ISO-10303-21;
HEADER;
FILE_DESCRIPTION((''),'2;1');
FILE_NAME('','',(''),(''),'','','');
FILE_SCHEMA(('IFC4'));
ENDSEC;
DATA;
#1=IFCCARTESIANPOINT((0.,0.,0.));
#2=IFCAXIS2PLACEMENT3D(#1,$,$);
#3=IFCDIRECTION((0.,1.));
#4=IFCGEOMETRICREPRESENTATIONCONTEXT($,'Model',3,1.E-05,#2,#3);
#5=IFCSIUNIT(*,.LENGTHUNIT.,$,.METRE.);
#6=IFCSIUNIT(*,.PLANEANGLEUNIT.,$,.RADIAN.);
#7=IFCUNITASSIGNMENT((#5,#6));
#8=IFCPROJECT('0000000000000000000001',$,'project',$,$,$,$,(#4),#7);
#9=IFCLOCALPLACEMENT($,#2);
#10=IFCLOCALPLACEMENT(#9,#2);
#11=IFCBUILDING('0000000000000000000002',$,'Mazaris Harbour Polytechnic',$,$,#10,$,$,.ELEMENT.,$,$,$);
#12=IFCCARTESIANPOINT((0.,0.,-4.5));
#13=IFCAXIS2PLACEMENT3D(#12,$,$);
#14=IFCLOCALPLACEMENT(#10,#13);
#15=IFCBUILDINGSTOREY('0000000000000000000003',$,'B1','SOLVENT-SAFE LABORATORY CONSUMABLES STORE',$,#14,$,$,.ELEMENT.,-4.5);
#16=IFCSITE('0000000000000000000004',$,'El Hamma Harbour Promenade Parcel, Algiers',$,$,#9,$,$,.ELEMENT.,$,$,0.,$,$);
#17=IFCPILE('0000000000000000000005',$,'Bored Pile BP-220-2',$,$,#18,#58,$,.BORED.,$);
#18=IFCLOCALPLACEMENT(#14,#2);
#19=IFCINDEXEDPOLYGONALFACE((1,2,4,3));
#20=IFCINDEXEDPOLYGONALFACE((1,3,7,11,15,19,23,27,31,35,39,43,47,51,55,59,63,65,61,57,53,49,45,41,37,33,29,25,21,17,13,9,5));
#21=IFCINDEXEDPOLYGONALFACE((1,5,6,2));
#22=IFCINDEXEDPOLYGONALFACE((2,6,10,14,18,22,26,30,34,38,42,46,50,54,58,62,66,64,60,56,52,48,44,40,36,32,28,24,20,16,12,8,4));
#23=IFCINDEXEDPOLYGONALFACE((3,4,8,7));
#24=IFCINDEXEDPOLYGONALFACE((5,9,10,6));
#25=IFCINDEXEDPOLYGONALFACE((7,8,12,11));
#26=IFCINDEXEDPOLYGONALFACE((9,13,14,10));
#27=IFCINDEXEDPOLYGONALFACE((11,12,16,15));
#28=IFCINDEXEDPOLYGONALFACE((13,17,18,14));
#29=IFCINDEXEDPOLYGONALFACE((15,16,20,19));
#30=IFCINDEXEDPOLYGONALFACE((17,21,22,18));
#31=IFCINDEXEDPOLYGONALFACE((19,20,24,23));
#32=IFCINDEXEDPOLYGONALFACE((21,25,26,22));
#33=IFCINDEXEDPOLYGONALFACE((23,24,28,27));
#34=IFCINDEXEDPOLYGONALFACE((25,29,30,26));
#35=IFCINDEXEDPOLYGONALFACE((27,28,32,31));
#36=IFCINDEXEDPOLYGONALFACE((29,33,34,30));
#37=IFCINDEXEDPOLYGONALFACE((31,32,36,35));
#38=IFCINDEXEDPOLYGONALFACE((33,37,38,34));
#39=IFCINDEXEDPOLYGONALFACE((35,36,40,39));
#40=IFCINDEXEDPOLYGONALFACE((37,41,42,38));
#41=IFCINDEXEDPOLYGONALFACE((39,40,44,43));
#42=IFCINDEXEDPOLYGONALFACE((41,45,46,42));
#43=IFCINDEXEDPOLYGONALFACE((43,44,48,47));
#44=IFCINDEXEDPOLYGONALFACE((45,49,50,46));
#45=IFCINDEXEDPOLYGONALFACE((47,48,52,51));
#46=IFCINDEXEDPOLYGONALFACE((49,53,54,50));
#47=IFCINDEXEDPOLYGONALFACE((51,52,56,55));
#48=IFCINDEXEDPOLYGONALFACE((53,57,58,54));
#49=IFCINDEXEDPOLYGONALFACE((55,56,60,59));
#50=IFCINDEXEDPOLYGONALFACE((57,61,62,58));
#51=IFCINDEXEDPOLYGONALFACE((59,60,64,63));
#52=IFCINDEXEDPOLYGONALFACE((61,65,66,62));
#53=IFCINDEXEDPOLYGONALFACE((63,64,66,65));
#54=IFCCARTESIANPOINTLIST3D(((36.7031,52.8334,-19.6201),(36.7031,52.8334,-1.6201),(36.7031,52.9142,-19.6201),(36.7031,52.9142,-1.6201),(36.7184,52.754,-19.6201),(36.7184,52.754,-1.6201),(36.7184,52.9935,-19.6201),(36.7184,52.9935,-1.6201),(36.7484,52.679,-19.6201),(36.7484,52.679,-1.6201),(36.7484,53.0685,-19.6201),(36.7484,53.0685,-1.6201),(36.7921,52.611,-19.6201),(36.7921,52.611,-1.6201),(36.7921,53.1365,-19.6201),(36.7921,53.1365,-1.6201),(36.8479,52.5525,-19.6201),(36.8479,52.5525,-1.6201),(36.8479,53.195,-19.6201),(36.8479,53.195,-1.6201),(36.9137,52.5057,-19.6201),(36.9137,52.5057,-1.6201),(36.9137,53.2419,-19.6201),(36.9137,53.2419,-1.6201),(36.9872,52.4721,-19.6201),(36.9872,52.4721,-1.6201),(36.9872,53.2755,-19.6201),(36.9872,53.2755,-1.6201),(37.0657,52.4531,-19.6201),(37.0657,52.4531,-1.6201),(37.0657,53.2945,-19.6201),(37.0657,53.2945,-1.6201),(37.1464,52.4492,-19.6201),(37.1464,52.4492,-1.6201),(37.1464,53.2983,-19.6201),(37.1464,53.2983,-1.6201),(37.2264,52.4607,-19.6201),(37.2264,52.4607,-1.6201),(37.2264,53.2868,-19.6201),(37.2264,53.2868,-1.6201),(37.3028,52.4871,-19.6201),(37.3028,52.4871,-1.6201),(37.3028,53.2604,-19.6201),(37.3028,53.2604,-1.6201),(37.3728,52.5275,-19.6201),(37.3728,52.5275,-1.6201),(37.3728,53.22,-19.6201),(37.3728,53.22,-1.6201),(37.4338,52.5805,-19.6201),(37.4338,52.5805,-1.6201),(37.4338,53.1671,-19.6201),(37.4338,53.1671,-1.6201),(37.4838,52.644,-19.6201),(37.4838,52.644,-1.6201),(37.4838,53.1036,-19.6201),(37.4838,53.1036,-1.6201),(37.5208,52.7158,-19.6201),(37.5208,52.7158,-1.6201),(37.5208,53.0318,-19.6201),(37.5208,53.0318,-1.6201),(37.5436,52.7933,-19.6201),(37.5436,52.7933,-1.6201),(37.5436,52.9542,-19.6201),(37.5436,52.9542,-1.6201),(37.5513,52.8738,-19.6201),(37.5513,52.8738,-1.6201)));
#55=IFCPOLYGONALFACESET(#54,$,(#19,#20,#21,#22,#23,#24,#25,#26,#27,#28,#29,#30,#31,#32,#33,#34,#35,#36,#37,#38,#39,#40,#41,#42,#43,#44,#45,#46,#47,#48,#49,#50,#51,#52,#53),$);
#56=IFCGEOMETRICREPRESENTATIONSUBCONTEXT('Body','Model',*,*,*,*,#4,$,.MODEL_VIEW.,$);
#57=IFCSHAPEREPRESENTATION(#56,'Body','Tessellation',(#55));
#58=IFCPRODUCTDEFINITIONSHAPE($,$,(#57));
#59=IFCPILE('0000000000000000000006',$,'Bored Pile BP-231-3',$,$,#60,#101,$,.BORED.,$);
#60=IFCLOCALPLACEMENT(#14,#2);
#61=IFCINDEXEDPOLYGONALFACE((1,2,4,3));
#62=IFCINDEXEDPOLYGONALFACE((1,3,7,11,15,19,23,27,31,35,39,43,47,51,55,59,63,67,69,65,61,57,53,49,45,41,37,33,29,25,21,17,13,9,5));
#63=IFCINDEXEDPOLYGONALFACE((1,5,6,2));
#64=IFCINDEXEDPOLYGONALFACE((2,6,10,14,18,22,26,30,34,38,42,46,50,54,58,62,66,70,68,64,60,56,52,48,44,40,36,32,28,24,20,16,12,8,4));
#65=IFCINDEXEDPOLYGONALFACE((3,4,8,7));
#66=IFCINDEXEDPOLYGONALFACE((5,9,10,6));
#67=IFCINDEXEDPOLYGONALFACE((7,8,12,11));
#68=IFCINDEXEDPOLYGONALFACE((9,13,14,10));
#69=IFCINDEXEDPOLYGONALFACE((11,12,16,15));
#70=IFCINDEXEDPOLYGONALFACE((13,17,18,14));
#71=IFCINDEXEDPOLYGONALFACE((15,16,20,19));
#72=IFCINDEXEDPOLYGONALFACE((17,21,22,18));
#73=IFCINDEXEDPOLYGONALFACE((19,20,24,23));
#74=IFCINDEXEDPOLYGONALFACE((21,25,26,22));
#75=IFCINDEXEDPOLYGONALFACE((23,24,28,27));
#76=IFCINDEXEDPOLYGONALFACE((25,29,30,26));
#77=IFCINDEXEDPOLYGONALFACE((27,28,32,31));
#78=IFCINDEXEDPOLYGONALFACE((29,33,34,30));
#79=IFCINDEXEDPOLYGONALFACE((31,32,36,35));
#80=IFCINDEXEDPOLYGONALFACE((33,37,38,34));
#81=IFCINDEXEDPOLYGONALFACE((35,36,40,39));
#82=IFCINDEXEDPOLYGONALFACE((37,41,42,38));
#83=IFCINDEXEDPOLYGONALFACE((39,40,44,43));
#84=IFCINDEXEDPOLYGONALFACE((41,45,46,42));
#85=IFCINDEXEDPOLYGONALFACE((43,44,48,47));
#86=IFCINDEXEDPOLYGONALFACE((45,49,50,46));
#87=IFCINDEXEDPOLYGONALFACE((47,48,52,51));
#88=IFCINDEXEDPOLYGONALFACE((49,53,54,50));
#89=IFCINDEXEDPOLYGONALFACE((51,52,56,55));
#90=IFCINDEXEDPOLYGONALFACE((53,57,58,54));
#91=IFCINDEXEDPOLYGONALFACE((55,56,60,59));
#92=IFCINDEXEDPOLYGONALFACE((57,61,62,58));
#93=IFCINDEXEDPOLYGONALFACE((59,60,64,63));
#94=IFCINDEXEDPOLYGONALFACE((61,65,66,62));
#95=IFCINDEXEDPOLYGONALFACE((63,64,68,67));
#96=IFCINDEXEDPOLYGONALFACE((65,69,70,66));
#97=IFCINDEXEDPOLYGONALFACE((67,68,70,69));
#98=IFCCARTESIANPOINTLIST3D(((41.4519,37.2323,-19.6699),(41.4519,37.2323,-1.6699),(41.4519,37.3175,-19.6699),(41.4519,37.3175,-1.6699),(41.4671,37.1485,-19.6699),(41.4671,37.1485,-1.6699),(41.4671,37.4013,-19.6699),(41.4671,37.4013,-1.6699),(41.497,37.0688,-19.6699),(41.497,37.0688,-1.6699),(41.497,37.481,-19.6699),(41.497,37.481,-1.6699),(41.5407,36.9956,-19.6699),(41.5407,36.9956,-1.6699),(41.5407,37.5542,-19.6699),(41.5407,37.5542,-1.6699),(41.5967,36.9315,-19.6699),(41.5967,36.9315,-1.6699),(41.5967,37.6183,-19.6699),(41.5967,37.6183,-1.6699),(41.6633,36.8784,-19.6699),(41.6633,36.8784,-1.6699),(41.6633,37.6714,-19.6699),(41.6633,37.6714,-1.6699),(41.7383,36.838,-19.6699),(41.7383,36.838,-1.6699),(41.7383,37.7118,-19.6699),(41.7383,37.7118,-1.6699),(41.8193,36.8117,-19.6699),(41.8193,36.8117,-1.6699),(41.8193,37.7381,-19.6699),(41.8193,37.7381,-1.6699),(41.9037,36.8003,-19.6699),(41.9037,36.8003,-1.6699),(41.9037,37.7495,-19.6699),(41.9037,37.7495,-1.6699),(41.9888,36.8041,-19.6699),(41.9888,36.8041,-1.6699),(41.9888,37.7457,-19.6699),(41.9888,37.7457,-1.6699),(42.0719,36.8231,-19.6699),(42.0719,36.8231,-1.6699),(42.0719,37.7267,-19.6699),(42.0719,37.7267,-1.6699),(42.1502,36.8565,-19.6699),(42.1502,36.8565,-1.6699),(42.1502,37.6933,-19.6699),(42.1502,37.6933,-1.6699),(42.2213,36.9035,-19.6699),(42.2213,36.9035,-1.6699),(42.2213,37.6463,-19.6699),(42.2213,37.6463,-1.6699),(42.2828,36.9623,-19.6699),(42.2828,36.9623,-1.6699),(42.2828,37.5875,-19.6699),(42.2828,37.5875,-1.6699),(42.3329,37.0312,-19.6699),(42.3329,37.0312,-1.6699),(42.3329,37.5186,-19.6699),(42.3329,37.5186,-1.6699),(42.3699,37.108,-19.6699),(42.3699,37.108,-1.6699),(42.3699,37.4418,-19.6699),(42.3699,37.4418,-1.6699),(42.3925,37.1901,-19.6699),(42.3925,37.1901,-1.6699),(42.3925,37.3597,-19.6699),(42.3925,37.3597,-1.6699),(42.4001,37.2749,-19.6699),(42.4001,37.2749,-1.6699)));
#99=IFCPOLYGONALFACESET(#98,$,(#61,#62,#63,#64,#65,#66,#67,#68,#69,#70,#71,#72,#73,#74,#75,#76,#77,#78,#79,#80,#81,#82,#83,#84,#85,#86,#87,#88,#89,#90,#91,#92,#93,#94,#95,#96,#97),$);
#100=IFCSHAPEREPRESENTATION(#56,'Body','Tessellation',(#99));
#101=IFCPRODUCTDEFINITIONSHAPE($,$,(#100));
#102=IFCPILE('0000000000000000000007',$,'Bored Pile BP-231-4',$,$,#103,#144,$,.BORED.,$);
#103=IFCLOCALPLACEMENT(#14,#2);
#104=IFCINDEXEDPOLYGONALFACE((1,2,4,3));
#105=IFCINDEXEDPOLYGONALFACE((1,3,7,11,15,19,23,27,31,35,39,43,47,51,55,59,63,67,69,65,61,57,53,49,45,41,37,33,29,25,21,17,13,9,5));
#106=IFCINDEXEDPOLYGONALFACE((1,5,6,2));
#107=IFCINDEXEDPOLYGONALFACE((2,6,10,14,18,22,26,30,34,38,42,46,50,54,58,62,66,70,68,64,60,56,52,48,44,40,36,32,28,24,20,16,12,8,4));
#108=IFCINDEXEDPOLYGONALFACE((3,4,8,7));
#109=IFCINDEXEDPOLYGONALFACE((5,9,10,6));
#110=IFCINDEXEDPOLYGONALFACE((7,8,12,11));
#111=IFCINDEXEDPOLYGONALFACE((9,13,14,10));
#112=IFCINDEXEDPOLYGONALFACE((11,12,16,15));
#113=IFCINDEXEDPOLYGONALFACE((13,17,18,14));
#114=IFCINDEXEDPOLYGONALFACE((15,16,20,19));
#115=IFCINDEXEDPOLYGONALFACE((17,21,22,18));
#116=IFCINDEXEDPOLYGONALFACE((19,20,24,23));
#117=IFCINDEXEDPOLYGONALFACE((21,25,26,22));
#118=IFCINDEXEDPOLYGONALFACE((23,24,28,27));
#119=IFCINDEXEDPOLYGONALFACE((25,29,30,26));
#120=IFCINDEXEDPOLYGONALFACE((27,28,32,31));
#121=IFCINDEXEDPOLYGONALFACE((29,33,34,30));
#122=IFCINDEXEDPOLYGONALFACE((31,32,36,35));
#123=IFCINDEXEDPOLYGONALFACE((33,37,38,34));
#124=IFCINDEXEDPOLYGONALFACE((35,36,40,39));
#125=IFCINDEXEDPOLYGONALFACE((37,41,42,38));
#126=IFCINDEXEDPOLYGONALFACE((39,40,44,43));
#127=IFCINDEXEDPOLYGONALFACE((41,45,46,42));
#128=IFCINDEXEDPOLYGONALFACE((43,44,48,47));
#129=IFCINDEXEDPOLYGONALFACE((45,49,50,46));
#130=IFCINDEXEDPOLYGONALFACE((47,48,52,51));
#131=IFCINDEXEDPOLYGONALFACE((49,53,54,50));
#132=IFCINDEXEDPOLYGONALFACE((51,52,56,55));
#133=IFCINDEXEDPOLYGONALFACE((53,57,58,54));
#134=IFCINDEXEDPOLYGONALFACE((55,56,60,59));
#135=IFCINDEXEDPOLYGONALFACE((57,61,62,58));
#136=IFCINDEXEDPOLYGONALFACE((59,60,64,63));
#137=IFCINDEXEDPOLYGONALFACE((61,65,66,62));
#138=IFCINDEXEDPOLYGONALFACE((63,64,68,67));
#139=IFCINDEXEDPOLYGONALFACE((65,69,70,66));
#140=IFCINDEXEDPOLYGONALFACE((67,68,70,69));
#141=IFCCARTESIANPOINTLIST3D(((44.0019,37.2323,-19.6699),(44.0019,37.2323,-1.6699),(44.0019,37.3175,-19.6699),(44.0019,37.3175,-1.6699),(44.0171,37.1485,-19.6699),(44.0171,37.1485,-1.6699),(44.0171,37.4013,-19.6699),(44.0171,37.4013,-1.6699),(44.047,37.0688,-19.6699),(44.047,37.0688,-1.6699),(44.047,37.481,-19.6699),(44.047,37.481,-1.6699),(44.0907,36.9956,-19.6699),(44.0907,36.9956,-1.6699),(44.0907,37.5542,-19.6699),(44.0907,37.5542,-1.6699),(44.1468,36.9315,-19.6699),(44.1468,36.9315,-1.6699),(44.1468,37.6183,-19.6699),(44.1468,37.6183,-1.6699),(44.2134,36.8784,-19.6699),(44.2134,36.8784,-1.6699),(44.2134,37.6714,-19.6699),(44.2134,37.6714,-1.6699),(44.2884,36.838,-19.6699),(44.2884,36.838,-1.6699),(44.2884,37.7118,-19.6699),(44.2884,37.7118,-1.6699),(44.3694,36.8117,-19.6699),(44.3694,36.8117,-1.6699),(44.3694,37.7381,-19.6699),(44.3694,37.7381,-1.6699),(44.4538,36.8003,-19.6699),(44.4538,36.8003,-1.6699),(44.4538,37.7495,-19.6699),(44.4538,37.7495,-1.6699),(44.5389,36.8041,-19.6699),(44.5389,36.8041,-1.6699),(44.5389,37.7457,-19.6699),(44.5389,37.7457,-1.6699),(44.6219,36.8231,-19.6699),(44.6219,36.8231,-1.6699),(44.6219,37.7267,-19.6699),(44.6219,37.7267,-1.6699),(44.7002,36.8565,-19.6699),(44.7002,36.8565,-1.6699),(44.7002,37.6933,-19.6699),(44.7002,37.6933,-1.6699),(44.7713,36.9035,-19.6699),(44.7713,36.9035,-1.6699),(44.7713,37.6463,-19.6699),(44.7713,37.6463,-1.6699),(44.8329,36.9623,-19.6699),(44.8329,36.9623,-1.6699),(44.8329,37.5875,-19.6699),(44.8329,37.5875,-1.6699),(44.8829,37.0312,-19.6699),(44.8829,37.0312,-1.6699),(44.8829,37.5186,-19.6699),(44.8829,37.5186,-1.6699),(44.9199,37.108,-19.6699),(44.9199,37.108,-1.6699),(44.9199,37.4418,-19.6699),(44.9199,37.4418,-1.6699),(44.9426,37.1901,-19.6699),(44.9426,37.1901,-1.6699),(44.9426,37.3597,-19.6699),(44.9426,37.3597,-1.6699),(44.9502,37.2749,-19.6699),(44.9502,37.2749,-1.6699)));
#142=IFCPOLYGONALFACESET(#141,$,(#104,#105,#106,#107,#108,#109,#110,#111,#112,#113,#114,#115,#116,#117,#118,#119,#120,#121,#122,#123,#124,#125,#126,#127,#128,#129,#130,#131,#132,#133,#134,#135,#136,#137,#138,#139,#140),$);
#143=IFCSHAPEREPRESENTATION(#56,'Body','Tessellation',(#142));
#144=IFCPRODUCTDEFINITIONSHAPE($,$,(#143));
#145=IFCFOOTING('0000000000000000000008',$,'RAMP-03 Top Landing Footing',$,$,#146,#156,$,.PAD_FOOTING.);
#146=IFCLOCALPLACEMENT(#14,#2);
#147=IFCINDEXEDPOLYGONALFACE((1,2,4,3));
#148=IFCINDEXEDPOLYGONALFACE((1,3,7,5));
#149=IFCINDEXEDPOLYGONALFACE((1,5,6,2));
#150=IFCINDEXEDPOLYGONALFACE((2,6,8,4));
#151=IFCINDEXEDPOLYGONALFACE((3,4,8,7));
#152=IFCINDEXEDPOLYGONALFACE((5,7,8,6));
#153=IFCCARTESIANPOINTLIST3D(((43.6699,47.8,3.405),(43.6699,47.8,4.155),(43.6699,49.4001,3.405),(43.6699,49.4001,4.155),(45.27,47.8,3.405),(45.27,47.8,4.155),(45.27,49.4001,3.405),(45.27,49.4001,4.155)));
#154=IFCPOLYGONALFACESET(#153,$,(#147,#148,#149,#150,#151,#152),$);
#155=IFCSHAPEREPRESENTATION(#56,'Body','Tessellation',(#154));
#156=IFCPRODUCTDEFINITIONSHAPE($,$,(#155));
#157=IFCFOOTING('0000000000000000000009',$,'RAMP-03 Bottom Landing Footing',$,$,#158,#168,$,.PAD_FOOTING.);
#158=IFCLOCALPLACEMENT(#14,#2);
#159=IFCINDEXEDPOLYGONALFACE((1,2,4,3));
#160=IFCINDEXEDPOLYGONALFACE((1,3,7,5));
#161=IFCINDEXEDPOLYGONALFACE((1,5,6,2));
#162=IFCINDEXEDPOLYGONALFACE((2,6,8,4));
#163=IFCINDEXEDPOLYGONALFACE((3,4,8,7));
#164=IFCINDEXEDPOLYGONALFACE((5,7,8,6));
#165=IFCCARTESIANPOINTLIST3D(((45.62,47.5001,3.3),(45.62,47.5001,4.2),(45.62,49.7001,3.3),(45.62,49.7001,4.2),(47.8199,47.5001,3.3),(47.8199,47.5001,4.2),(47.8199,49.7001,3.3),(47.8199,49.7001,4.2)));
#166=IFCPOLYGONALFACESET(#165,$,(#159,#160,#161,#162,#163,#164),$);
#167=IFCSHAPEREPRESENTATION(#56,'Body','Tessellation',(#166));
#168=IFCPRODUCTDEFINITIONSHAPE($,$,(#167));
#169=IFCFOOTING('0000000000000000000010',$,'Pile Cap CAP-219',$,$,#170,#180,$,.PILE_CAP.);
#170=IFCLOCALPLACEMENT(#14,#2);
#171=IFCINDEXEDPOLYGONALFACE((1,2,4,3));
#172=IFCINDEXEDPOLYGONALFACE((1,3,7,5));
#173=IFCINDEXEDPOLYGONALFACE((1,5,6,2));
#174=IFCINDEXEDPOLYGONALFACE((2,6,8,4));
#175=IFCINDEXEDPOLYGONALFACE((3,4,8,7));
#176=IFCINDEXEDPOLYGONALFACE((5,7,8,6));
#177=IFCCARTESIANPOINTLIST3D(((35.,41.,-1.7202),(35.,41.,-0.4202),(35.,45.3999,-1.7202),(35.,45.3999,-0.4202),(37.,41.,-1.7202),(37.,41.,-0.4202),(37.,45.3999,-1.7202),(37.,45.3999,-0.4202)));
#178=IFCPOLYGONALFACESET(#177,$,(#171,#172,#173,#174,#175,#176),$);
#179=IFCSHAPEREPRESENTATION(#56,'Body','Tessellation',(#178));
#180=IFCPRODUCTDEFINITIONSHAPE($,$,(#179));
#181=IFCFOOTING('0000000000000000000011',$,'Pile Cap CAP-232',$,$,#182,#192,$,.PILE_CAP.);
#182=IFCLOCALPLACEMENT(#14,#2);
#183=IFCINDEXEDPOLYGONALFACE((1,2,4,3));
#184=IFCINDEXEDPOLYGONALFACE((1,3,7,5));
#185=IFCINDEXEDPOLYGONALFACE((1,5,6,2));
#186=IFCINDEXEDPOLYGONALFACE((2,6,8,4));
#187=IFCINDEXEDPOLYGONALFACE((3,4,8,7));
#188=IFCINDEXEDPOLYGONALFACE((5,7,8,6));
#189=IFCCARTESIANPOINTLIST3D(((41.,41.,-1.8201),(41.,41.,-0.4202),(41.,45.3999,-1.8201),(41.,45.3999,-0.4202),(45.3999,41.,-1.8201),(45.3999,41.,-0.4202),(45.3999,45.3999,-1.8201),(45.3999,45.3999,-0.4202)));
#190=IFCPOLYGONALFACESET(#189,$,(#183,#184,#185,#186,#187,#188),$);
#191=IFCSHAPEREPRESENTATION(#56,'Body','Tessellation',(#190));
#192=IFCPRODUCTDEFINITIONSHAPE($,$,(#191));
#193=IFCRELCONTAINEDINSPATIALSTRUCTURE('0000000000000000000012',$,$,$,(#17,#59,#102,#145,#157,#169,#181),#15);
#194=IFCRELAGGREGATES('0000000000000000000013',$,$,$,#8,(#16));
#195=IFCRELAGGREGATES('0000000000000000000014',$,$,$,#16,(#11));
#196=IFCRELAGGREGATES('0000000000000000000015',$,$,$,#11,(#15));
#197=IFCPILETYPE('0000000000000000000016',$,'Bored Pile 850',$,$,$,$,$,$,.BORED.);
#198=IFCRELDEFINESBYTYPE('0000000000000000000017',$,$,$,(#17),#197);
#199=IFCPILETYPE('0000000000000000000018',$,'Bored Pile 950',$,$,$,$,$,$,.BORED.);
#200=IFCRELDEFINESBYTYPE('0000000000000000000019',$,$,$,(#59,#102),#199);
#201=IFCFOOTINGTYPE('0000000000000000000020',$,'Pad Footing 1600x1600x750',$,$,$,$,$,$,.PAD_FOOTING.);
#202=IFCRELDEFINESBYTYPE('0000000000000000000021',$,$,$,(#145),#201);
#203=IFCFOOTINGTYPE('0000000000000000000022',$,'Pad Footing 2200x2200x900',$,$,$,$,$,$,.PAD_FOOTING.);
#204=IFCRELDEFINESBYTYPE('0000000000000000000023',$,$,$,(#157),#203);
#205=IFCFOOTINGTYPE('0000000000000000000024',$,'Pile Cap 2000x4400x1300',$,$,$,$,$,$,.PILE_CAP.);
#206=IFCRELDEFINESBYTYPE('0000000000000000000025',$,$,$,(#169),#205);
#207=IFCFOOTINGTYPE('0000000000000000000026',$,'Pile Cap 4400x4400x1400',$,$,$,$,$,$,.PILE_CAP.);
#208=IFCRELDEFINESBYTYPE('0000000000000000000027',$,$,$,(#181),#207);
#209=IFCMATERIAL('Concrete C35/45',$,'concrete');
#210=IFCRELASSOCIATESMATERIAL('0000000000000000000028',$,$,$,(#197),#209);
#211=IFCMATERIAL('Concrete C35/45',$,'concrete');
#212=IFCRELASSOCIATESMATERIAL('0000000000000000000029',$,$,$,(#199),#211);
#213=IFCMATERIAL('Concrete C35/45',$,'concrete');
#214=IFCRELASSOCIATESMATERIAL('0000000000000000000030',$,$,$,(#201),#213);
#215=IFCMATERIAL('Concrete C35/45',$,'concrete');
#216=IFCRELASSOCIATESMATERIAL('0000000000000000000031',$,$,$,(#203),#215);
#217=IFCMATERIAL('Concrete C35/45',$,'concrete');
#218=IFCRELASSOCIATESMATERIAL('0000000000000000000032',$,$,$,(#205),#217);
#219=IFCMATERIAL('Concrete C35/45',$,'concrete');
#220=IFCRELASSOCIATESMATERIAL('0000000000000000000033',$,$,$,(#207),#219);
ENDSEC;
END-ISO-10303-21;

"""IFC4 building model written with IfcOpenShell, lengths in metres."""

from ifc_helpers import new_model, si_unit, direction, frame, origin, origin_2d, place, context, subcontext, project, spatial, rectangle, circle, extrude, material, material_profile, profile_set, type_object, element, save


model = new_model("IFC4")

# Units and contexts
model_context = context("Model", 3, precision=1e-05, world=origin(), true_north=direction((0.0, 1.0)))
body_context = subcontext(model_context, "Body", "Model", "MODEL_VIEW")
ifc_project = project(units=[si_unit("LENGTHUNIT", "METRE"), si_unit("PLANEANGLEUNIT", "RADIAN")], contexts=[model_context])

# Site, building, storey
site_placement = place(None, origin())
site = spatial("IfcSite", under=ifc_project, at=site_placement, Name="El Hamma Harbour Promenade Parcel, Algiers", CompositionType="ELEMENT", RefElevation=0.0)
building_placement = place(site_placement, origin())
building = spatial("IfcBuilding", under=site, at=building_placement, Name="Mazaris Harbour Polytechnic", CompositionType="ELEMENT")
storey_placement = place(building_placement, frame((0.0, 0.0, -4.5)))
storey = spatial("IfcBuildingStorey", under=building, at=storey_placement, Name="B1", Description="SOLVENT-SAFE LABORATORY CONSUMABLES STORE", CompositionType="ELEMENT", Elevation=-4.5)

# Piles
ifc_material_1 = material(Name="Concrete C35/45", Category="concrete")
ifc_material_profile_1 = material_profile(ifc_material_1, circle(Radius=0.425, at=origin_2d()), Name="DIA850")
ifc_profile_set_1 = profile_set([ifc_material_profile_1], Name="Concrete C35/45")
pile_type_1 = type_object("IfcPileType", Name="Bored Pile 850", PredefinedType="BORED", material=ifc_profile_set_1)
pile_placement = place(storey_placement, frame((37.1262, 52.8738, -1.6201), z_axis=(0.0, 0.0, -1.0), x_axis=(1.0, 0.0, 0.0)))
element("IfcPile", 1, at=pile_placement, inside=storey, type_object=pile_type_1, Name="Bored Pile BP-220-2", PredefinedType="BORED", context=body_context, shape_type="SweptSolid", body=[
    extrude(circle(Radius=0.425, at=origin_2d()), origin(), (0.0, 0.0, 1.0), 18.0),
])
ifc_material_2 = material(Name="Concrete C35/45", Category="concrete")
ifc_material_profile_2 = material_profile(ifc_material_2, circle(Radius=0.4751, at=origin_2d()), Name="DIA950")
ifc_profile_set_2 = profile_set([ifc_material_profile_2], Name="Concrete C35/45")
pile_type_2 = type_object("IfcPileType", Name="Bored Pile 950", PredefinedType="BORED", material=ifc_profile_set_2)
for number, where, z_axis, x_axis, name in (
    (2, (41.925, 37.2749, -1.6699), (0.0, 0.0, -1.0), (1.0, 0.0, 0.0), "Bored Pile BP-231-3"),
    (3, (44.4751, 37.2749, -1.6699), (0.0, 0.0, -1.0), (1.0, 0.0, 0.0), "Bored Pile BP-231-4"),
):
    element("IfcPile", number, at=place(storey_placement, frame(where, z_axis=z_axis, x_axis=x_axis)), inside=storey, type_object=pile_type_2, Name=name, PredefinedType="BORED", context=body_context, shape_type="SweptSolid", body=[
        extrude(circle(Radius=0.4751, at=origin_2d()), origin(), (0.0, 0.0, 1.0), 18.0),
    ])

# Footings
ifc_material_3 = material(Name="Concrete C35/45", Category="concrete")
footing_type_1 = type_object("IfcFootingType", Name="Pad Footing 1600x1600x750", PredefinedType="PAD_FOOTING", material=ifc_material_3)
footing_1_placement = place(storey_placement, frame((44.47, 48.6001, 3.405), z_axis=(0.0, 0.0, 1.0), x_axis=(1.0, 0.0, 0.0)))
element("IfcFooting", 4, at=footing_1_placement, inside=storey, type_object=footing_type_1, Name="RAMP-03 Top Landing Footing", PredefinedType="PAD_FOOTING", context=body_context, shape_type="SweptSolid", body=[
    extrude(rectangle(XDim=1.6001, YDim=1.6001, at=origin_2d()), origin(), (0.0, 0.0, 1.0), 0.75),
])
ifc_material_4 = material(Name="Concrete C35/45", Category="concrete")
footing_type_2 = type_object("IfcFootingType", Name="Pad Footing 2200x2200x900", PredefinedType="PAD_FOOTING", material=ifc_material_4)
footing_2_placement = place(storey_placement, frame((46.72, 48.6001, 3.3), z_axis=(0.0, 0.0, 1.0), x_axis=(1.0, 0.0, 0.0)))
element("IfcFooting", 5, at=footing_2_placement, inside=storey, type_object=footing_type_2, Name="RAMP-03 Bottom Landing Footing", PredefinedType="PAD_FOOTING", context=body_context, shape_type="SweptSolid", body=[
    extrude(rectangle(XDim=2.2, YDim=2.2, at=origin_2d()), origin(), (0.0, 0.0, 1.0), 0.8999),
])
ifc_material_5 = material(Name="Concrete C35/45", Category="concrete")
footing_type_3 = type_object("IfcFootingType", Name="Pile Cap 2000x4400x1300", PredefinedType="PILE_CAP", material=ifc_material_5)
footing_3_placement = place(storey_placement, frame((36.0, 43.2, -1.7202), z_axis=(0.0, 0.0, 1.0), x_axis=(1.0, 0.0, 0.0)))
element("IfcFooting", 6, at=footing_3_placement, inside=storey, type_object=footing_type_3, Name="Pile Cap CAP-219", PredefinedType="PILE_CAP", context=body_context, shape_type="SweptSolid", body=[
    extrude(rectangle(XDim=2.0, YDim=4.3999, at=origin_2d()), origin(), (0.0, 0.0, 1.0), 1.3),
])
ifc_material_6 = material(Name="Concrete C35/45", Category="concrete")
footing_type_4 = type_object("IfcFootingType", Name="Pile Cap 4400x4400x1400", PredefinedType="PILE_CAP", material=ifc_material_6)
footing_4_placement = place(storey_placement, frame((43.2, 43.2, -1.8201), z_axis=(0.0, 0.0, 1.0), x_axis=(1.0, 0.0, 0.0)))
element("IfcFooting", 7, at=footing_4_placement, inside=storey, type_object=footing_type_4, Name="Pile Cap CAP-232", PredefinedType="PILE_CAP", context=body_context, shape_type="SweptSolid", body=[
    extrude(rectangle(XDim=4.3999, YDim=4.3999, at=origin_2d()), origin(), (0.0, 0.0, 1.0), 1.3999),
])

save(model, "model.ifc")
